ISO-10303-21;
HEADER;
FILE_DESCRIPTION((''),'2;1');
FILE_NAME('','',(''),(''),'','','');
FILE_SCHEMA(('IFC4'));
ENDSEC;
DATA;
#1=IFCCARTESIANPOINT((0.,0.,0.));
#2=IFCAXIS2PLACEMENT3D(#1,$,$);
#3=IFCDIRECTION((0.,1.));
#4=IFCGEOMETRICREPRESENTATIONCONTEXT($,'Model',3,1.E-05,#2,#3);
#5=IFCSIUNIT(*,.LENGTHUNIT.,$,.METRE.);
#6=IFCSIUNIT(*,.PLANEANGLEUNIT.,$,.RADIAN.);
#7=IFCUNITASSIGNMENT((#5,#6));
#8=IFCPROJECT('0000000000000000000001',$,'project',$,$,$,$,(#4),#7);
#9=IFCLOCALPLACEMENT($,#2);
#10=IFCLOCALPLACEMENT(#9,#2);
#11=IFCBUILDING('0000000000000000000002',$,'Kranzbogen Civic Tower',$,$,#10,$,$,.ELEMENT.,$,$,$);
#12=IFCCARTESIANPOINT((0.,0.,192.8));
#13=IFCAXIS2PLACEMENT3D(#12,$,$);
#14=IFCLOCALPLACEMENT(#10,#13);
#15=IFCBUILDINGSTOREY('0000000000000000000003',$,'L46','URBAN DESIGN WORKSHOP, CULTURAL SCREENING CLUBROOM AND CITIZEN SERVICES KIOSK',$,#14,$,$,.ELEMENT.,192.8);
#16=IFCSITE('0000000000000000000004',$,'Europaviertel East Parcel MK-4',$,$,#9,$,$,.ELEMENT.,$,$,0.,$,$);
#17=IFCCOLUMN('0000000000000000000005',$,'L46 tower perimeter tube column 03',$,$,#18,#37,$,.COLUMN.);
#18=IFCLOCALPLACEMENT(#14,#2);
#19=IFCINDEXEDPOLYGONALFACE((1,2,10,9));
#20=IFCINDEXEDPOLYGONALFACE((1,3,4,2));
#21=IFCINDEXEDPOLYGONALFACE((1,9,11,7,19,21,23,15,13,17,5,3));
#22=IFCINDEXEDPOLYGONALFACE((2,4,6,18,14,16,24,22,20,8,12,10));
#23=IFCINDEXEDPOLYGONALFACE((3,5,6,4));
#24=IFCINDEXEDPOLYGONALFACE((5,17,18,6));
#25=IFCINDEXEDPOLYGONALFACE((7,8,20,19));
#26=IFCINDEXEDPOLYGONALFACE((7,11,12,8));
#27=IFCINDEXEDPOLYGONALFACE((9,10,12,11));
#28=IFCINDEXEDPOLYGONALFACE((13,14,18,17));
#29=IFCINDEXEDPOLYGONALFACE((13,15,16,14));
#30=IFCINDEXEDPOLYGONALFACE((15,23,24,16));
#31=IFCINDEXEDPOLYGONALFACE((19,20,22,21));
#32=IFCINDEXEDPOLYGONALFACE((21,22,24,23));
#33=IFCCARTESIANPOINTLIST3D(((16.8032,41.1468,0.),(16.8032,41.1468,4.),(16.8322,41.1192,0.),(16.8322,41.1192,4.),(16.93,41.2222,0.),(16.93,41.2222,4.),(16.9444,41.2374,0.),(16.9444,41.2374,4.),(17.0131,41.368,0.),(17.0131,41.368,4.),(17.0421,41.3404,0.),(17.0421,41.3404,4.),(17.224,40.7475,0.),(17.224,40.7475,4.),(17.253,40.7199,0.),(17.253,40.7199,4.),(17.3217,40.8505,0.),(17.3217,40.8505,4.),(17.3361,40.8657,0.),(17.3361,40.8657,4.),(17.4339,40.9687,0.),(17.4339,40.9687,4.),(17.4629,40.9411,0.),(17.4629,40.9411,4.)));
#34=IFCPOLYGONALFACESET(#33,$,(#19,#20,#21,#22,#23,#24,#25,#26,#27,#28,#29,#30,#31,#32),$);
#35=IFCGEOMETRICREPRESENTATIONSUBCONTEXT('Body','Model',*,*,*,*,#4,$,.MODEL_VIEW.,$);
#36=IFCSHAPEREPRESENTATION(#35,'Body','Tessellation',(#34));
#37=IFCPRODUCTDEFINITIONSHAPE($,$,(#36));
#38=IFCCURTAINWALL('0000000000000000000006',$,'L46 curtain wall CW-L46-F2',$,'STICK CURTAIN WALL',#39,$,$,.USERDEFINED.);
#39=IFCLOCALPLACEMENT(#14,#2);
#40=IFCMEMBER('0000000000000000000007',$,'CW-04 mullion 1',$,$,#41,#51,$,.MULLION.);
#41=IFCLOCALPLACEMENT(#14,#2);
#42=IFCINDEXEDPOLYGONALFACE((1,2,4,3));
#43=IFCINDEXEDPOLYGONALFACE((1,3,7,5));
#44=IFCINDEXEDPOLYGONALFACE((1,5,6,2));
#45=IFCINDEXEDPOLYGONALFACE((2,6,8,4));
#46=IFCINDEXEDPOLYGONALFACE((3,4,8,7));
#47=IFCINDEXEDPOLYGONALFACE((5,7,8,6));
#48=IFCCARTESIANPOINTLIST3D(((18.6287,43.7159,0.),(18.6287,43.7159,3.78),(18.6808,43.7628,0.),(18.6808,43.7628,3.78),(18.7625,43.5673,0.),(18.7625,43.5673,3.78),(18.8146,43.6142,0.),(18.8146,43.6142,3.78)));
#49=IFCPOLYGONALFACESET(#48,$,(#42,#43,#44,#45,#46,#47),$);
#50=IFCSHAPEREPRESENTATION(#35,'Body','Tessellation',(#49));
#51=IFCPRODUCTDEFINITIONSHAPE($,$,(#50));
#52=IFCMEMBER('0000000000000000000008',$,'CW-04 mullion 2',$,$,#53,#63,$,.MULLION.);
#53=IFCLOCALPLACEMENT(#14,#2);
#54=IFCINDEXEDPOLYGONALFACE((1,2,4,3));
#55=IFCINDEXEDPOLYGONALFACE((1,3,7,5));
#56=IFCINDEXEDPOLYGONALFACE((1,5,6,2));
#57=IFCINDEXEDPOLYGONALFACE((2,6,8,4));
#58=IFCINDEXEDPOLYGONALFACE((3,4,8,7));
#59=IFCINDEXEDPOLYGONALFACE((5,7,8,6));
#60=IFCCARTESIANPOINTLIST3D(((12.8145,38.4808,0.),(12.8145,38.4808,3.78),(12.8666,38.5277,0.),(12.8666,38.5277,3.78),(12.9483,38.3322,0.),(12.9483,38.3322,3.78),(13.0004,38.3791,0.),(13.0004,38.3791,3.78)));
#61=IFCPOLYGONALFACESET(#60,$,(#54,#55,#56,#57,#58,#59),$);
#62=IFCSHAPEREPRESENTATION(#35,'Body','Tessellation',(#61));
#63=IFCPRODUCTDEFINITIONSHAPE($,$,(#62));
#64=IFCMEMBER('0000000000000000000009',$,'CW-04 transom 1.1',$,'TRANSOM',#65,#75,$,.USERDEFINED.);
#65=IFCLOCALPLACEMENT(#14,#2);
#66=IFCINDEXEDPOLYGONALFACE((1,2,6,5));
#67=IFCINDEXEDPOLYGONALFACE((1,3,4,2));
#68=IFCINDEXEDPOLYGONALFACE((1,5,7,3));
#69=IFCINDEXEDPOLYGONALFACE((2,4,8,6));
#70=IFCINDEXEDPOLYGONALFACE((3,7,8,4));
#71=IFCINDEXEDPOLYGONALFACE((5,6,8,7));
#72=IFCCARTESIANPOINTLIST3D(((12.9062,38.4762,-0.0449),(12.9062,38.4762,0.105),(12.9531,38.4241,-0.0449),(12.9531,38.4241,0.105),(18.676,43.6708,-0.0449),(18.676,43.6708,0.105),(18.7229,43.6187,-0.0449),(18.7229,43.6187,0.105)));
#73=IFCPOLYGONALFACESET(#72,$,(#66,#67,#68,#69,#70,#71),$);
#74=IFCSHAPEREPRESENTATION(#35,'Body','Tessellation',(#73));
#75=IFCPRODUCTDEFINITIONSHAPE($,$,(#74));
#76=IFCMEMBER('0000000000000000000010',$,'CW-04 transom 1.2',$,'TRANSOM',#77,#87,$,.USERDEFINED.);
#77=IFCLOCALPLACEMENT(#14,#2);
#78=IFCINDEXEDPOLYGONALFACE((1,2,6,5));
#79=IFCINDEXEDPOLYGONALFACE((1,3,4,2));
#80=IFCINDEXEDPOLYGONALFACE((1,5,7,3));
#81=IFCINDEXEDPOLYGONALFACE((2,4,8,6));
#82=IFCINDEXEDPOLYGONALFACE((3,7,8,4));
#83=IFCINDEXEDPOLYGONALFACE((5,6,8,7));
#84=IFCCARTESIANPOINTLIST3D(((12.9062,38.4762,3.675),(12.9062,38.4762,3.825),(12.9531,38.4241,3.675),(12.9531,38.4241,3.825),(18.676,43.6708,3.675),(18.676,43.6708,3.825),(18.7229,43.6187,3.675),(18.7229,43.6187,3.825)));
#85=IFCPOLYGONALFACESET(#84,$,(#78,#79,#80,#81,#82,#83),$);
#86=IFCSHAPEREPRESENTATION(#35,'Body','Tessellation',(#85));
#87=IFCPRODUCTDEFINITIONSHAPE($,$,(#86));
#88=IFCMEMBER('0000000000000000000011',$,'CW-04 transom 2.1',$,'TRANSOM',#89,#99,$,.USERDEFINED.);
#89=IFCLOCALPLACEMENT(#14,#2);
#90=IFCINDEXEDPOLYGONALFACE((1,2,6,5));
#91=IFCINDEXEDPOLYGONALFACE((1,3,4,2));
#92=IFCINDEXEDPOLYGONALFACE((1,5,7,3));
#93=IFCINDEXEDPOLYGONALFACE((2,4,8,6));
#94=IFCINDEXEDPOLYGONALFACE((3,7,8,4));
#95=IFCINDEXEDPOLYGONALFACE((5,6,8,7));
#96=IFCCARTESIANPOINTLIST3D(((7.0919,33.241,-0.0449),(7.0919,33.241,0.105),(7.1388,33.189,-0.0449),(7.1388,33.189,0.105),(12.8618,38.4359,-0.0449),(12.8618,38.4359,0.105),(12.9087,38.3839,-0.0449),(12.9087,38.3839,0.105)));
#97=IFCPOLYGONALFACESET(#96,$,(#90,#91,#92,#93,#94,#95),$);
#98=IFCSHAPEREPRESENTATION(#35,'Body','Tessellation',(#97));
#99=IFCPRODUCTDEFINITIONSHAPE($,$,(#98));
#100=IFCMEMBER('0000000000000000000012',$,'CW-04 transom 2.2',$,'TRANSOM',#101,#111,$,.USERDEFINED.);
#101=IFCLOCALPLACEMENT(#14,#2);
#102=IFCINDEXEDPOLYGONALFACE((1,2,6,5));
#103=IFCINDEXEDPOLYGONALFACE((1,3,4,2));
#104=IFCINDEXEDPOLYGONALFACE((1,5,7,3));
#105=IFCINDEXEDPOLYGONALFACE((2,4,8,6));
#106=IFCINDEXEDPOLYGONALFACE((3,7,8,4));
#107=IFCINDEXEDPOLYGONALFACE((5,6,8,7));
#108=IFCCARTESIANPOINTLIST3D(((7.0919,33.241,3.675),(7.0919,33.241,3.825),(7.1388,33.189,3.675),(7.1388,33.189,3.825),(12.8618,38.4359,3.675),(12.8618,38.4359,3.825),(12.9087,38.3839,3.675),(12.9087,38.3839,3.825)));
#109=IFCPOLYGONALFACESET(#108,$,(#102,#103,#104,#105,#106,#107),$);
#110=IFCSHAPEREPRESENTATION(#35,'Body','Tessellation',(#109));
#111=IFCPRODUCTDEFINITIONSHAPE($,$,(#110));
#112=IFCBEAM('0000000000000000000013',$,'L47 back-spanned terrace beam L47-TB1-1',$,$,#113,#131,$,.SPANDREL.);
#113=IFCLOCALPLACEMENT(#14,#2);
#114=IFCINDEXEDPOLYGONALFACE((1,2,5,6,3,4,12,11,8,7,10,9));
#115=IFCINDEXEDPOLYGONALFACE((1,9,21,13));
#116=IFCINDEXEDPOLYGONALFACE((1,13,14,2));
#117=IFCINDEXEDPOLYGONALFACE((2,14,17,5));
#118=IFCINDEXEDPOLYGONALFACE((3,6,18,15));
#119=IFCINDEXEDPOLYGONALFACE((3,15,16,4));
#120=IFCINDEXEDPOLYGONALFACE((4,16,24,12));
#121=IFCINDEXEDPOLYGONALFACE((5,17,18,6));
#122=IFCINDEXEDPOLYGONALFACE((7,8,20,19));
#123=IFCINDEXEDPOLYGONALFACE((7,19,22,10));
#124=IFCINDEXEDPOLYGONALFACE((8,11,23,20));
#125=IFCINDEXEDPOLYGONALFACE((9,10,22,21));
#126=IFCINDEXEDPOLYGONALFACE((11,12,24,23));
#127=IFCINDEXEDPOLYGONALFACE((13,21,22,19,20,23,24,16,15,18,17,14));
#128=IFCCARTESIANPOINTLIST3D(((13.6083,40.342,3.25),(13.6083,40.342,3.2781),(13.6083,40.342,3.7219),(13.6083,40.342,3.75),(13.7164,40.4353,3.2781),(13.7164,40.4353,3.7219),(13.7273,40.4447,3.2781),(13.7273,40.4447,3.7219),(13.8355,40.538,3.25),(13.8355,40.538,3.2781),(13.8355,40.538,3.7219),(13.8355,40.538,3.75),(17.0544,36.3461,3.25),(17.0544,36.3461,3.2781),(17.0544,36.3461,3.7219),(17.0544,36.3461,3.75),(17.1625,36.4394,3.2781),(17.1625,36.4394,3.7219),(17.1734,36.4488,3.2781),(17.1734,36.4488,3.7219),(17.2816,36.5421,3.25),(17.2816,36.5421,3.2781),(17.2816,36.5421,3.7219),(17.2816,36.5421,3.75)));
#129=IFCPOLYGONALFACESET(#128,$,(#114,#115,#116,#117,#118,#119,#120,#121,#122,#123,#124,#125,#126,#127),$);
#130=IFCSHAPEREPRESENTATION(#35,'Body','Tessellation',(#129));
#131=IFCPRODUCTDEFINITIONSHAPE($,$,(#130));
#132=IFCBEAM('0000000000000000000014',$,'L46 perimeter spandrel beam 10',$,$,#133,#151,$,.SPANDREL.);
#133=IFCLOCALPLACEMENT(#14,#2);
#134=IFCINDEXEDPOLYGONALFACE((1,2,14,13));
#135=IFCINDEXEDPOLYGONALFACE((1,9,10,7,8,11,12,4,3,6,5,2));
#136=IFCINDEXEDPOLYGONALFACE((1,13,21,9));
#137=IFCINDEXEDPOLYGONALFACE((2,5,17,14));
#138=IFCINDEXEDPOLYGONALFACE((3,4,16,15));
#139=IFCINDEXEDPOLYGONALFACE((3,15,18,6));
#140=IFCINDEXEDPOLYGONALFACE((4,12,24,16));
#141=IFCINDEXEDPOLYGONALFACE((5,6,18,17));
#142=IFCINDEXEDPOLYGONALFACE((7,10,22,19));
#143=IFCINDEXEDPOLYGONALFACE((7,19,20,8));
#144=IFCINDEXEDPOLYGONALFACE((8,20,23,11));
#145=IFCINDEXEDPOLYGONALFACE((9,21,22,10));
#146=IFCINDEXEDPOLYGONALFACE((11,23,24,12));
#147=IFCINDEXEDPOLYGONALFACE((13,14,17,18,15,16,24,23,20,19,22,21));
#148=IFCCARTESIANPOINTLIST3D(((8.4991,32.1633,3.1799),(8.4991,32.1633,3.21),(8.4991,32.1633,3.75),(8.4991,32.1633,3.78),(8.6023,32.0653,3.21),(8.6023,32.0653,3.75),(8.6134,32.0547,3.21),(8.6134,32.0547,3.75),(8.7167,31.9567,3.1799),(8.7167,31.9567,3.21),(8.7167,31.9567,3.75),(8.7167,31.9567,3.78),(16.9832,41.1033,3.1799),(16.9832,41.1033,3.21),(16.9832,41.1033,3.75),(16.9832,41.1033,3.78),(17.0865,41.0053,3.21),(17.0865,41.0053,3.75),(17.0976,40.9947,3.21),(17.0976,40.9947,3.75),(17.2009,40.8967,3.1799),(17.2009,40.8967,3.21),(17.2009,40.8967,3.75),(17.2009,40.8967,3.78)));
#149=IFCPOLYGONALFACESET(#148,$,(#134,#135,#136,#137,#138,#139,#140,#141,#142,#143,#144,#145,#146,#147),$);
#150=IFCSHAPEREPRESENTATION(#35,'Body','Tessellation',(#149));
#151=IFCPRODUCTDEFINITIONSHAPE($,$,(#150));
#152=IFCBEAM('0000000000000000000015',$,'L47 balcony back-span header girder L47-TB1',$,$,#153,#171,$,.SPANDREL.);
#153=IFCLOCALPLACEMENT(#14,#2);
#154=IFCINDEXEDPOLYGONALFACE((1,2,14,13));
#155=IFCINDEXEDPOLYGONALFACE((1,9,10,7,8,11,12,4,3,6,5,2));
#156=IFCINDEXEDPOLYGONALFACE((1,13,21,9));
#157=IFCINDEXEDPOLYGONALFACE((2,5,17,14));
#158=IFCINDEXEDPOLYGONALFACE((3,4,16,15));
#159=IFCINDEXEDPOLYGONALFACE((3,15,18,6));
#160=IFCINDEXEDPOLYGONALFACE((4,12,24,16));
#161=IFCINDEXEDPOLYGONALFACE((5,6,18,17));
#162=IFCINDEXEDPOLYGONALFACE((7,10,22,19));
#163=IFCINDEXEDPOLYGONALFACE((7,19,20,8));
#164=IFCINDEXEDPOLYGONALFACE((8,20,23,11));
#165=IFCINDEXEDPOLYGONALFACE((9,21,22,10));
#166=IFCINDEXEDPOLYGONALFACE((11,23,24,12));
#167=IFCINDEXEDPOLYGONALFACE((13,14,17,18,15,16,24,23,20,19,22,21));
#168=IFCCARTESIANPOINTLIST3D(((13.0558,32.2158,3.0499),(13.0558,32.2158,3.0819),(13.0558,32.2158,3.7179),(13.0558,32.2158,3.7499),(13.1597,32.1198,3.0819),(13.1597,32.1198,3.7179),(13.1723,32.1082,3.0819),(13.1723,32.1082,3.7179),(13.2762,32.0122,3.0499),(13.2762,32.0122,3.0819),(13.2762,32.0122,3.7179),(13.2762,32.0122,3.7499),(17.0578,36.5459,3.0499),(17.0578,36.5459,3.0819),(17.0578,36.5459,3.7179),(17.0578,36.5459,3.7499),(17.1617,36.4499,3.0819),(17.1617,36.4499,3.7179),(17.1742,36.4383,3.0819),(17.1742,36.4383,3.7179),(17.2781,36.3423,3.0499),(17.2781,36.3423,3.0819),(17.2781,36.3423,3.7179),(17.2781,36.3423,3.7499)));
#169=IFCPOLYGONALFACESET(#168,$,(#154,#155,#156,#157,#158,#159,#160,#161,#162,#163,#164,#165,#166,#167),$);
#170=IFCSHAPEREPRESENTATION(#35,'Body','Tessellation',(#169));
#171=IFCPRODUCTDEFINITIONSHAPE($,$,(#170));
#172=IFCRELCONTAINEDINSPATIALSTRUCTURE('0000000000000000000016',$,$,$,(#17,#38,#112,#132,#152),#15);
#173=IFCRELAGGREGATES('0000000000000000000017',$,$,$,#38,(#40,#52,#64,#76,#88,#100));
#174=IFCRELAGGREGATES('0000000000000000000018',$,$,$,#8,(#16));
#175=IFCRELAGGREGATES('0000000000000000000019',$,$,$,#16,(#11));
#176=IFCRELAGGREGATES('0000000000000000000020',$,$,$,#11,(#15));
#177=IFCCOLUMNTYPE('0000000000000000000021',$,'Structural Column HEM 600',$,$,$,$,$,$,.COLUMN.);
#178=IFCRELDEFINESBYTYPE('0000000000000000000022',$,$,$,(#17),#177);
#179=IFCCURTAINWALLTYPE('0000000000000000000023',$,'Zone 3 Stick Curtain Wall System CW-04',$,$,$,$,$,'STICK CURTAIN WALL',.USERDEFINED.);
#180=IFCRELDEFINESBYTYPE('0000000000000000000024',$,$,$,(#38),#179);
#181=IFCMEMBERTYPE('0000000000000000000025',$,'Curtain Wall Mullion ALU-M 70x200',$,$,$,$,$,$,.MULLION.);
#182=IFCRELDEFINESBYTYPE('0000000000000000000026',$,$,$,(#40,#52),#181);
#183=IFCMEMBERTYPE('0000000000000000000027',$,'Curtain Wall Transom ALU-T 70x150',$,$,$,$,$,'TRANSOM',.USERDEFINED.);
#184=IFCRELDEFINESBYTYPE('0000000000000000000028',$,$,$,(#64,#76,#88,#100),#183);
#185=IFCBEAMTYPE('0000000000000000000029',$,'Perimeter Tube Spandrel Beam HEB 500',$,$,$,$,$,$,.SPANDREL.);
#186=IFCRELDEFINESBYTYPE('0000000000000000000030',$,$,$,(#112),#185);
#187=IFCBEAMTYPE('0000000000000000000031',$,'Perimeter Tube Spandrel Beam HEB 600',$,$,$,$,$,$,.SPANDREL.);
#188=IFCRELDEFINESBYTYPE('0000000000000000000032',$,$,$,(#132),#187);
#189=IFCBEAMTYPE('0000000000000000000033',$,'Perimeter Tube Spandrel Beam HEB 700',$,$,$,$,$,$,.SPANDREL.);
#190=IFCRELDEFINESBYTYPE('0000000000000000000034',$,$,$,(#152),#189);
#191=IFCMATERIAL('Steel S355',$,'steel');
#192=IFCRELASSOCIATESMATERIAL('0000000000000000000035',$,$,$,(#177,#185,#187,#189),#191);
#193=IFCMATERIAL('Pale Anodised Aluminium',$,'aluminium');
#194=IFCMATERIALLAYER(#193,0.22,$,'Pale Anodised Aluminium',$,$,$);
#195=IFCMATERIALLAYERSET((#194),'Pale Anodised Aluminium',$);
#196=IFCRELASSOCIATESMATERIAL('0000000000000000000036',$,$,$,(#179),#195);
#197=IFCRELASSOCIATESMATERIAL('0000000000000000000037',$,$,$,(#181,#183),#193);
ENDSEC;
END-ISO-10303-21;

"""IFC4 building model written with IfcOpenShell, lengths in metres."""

from ifc_helpers import new_model, si_unit, direction, frame, origin, origin_2d, place, context, subcontext, project, spatial, rectangle, i_section, extrude, material, layer, layer_set, material_profile, profile_set, type_object, element, aggregate, save


model = new_model("IFC4")

# Units and contexts
model_context = context("Model", 3, precision=1e-05, world=origin(), true_north=direction((0.0, 1.0)))
body_context = subcontext(model_context, "Body", "Model", "MODEL_VIEW")
ifc_project = project(units=[si_unit("LENGTHUNIT", "METRE"), si_unit("PLANEANGLEUNIT", "RADIAN")], contexts=[model_context])

# Site, building, storey
site_placement = place(None, origin())
site = spatial("IfcSite", under=ifc_project, at=site_placement, Name="Europaviertel East Parcel MK-4", CompositionType="ELEMENT", RefElevation=0.0)
building_placement = place(site_placement, origin())
building = spatial("IfcBuilding", under=site, at=building_placement, Name="Kranzbogen Civic Tower", CompositionType="ELEMENT")
storey_placement = place(building_placement, frame((0.0, 0.0, 192.8)))
storey = spatial("IfcBuildingStorey", under=building, at=storey_placement, Name="L46", Description="URBAN DESIGN WORKSHOP, CULTURAL SCREENING CLUBROOM AND CITIZEN SERVICES KIOSK", CompositionType="ELEMENT", Elevation=192.8)

# Column
ifc_material_1 = material(Name="Steel S355", Category="steel")
ifc_material_profile_1 = material_profile(ifc_material_1, i_section(OverallWidth=0.3049, OverallDepth=0.6201, WebThickness=0.021, FlangeThickness=0.04, at=origin_2d()), Name="HEM 600")
ifc_profile_set_1 = profile_set([ifc_material_profile_1], Name="Steel S355")
column_type = type_object("IfcColumnType", Name="Structural Column HEM 600", PredefinedType="COLUMN", material=ifc_profile_set_1)
column_placement = place(storey_placement, frame((17.1331, 41.0439, 0.0), z_axis=(0.0, 0.0, 1.0), x_axis=(0.688355, 0.725374, 0.0)))
element("IfcColumn", 1, at=column_placement, inside=storey, type_object=column_type, Name="L46 tower perimeter tube column 03", PredefinedType="COLUMN", context=body_context, shape_type="SweptSolid", body=[
    extrude(i_section(OverallWidth=0.3049, OverallDepth=0.6201, WebThickness=0.021, FlangeThickness=0.04, at=origin_2d()), origin(), (0.0, 0.0, 1.0), 4.0),
])

# Curtain wall, members
ifc_material_2 = material(Name="Pale Anodised Aluminium", Category="aluminium")
ifc_layer_1 = layer(ifc_material_2, 0.22, Name="Pale Anodised Aluminium")
ifc_layer_set_1 = layer_set([ifc_layer_1], Name="Pale Anodised Aluminium")
curtain_wall_type = type_object("IfcCurtainWallType", Name="Zone 3 Stick Curtain Wall System CW-04", ElementType="STICK CURTAIN WALL", PredefinedType="USERDEFINED", material=ifc_layer_set_1)
curtain_wall_placement = place(storey_placement, origin())
curtain_wall = element("IfcCurtainWall", 2, at=curtain_wall_placement, inside=storey, type_object=curtain_wall_type, Name="L46 curtain wall CW-L46-F2", ObjectType="STICK CURTAIN WALL", PredefinedType="USERDEFINED")
ifc_material_profile_2 = material_profile(ifc_material_2, rectangle(XDim=0.0701, YDim=0.2, at=origin_2d()), Name="ALU-M 70x200")
ifc_profile_set_2 = profile_set([ifc_material_profile_2], Name="Pale Anodised Aluminium")
member_type_1 = type_object("IfcMemberType", Name="Curtain Wall Mullion ALU-M 70x200", PredefinedType="MULLION", material=ifc_profile_set_2)
member_1_placement = place(storey_placement, frame((18.7217, 43.665, 0.0), z_axis=(0.0, 0.0, 1.0), x_axis=(-0.743158, -0.669116, 0.0)))
member_1 = element("IfcMember", 3, at=member_1_placement, type_object=member_type_1, Name="CW-04 mullion 1", PredefinedType="MULLION", context=body_context, shape_type="SweptSolid", body=[
    extrude(rectangle(XDim=0.0701, YDim=0.2, at=origin_2d()), origin(), (0.0, 0.0, 1.0), 3.78),
])
member_2_placement = place(storey_placement, frame((12.9075, 38.4299, 0.0), z_axis=(0.0, 0.0, 1.0), x_axis=(-0.743158, -0.669116, 0.0)))
member_2 = element("IfcMember", 4, at=member_2_placement, type_object=member_type_1, Name="CW-04 mullion 2", PredefinedType="MULLION", context=body_context, shape_type="SweptSolid", body=[
    extrude(rectangle(XDim=0.0701, YDim=0.2, at=origin_2d()), origin(), (0.0, 0.0, 1.0), 3.78),
])
ifc_material_profile_3 = material_profile(ifc_material_2, rectangle(XDim=0.0701, YDim=0.1499, at=origin_2d()), Name="ALU-T 70x150")
ifc_profile_set_3 = profile_set([ifc_material_profile_3], Name="Pale Anodised Aluminium")
member_type_2 = type_object("IfcMemberType", Name="Curtain Wall Transom ALU-T 70x150", ElementType="TRANSOM", PredefinedType="USERDEFINED", material=ifc_profile_set_3)
member_3_placement = place(storey_placement, frame((18.6995, 43.6448, 0.03), z_axis=(-0.74318, -0.669092, 0.0), x_axis=(0.669092, -0.74318, 0.0)))
member_3 = element("IfcMember", 5, at=member_3_placement, type_object=member_type_2, Name="CW-04 transom 1.1", ObjectType="TRANSOM", PredefinedType="USERDEFINED", context=body_context, shape_type="SweptSolid", body=[
    extrude(rectangle(XDim=0.0701, YDim=0.1499, at=origin_2d()), origin(), (0.0, 0.0, 1.0), 7.7637),
])
member_4_placement = place(storey_placement, frame((18.6995, 43.6448, 3.75), z_axis=(-0.74318, -0.669092, 0.0), x_axis=(0.669092, -0.74318, 0.0)))
member_4 = element("IfcMember", 6, at=member_4_placement, type_object=member_type_2, Name="CW-04 transom 1.2", ObjectType="TRANSOM", PredefinedType="USERDEFINED", context=body_context, shape_type="SweptSolid", body=[
    extrude(rectangle(XDim=0.0701, YDim=0.1499, at=origin_2d()), origin(), (0.0, 0.0, 1.0), 7.7637),
])
member_5_placement = place(storey_placement, frame((12.8853, 38.4099, 0.03), z_axis=(-0.743164, -0.669109, 0.0), x_axis=(0.669109, -0.743164, 0.0)))
member_5 = element("IfcMember", 7, at=member_5_placement, type_object=member_type_2, Name="CW-04 transom 2.1", ObjectType="TRANSOM", PredefinedType="USERDEFINED", context=body_context, shape_type="SweptSolid", body=[
    extrude(rectangle(XDim=0.0701, YDim=0.1499, at=origin_2d()), origin(), (0.0, 0.0, 1.0), 7.7639),
])
member_6_placement = place(storey_placement, frame((12.8853, 38.4099, 3.75), z_axis=(-0.743164, -0.669109, 0.0), x_axis=(0.669109, -0.743164, 0.0)))
member_6 = element("IfcMember", 8, at=member_6_placement, type_object=member_type_2, Name="CW-04 transom 2.2", ObjectType="TRANSOM", PredefinedType="USERDEFINED", context=body_context, shape_type="SweptSolid", body=[
    extrude(rectangle(XDim=0.0701, YDim=0.1499, at=origin_2d()), origin(), (0.0, 0.0, 1.0), 7.7639),
])

# Beams
ifc_material_profile_4 = material_profile(ifc_material_1, i_section(OverallWidth=0.3, OverallDepth=0.5, WebThickness=0.0144, FlangeThickness=0.0281, at=origin_2d()), Name="HEB 500")
ifc_profile_set_4 = profile_set([ifc_material_profile_4], Name="Steel S355")
beam_type_1 = type_object("IfcBeamType", Name="Perimeter Tube Spandrel Beam HEB 500", PredefinedType="SPANDREL", material=ifc_profile_set_4)
beam_1_placement = place(storey_placement, frame((17.168, 36.4441, 3.5), z_axis=(-0.653086, 0.757284, 0.0), x_axis=(-0.757284, -0.653086, 0.0)))
element("IfcBeam", 9, at=beam_1_placement, inside=storey, type_object=beam_type_1, Name="L47 back-spanned terrace beam L47-TB1-1", PredefinedType="SPANDREL", context=body_context, shape_type="SweptSolid", body=[
    extrude(i_section(OverallWidth=0.3, OverallDepth=0.5, WebThickness=0.0144, FlangeThickness=0.0281, at=origin_2d()), origin(), (0.0, 0.0, 1.0), 5.2766),
])
ifc_material_profile_5 = material_profile(ifc_material_1, i_section(OverallWidth=0.3, OverallDepth=0.6001, WebThickness=0.0154, FlangeThickness=0.03, at=origin_2d()), Name="HEB 600")
ifc_profile_set_5 = profile_set([ifc_material_profile_5], Name="Steel S355")
beam_type_2 = type_object("IfcBeamType", Name="Perimeter Tube Spandrel Beam HEB 600", PredefinedType="SPANDREL", material=ifc_profile_set_5)
beam_2_placement = place(storey_placement, frame((17.092, 41.0, 3.48), z_axis=(-0.688373, -0.725356, 0.0), x_axis=(0.725356, -0.688373, 0.0)))
element("IfcBeam", 10, at=beam_2_placement, inside=storey, type_object=beam_type_2, Name="L46 perimeter spandrel beam 10", PredefinedType="SPANDREL", context=body_context, shape_type="SweptSolid", body=[
    extrude(i_section(OverallWidth=0.3, OverallDepth=0.6001, WebThickness=0.0154, FlangeThickness=0.03, at=origin_2d()), origin(), (0.0, 0.0, 1.0), 12.325),
])
ifc_material_profile_6 = material_profile(ifc_material_1, i_section(OverallWidth=0.3, OverallDepth=0.7, WebThickness=0.0171, FlangeThickness=0.032, at=origin_2d()), Name="HEB 700")
ifc_profile_set_6 = profile_set([ifc_material_profile_6], Name="Steel S355")
beam_type_3 = type_object("IfcBeamType", Name="Perimeter Tube Spandrel Beam HEB 700", PredefinedType="SPANDREL", material=ifc_profile_set_6)
beam_3_placement = place(storey_placement, frame((17.168, 36.4441, 3.3999), z_axis=(-0.678734, -0.734384, 0.0), x_axis=(0.734384, -0.678734, 0.0)))
element("IfcBeam", 11, at=beam_3_placement, inside=storey, type_object=beam_type_3, Name="L47 balcony back-span header girder L47-TB1", PredefinedType="SPANDREL", context=body_context, shape_type="SweptSolid", body=[
    extrude(i_section(OverallWidth=0.3, OverallDepth=0.7, WebThickness=0.0171, FlangeThickness=0.032, at=origin_2d()), origin(), (0.0, 0.0, 1.0), 5.8962),
])

aggregate(curtain_wall, [member_1, member_2, member_3, member_4, member_5, member_6])

save(model, "model.ifc")
